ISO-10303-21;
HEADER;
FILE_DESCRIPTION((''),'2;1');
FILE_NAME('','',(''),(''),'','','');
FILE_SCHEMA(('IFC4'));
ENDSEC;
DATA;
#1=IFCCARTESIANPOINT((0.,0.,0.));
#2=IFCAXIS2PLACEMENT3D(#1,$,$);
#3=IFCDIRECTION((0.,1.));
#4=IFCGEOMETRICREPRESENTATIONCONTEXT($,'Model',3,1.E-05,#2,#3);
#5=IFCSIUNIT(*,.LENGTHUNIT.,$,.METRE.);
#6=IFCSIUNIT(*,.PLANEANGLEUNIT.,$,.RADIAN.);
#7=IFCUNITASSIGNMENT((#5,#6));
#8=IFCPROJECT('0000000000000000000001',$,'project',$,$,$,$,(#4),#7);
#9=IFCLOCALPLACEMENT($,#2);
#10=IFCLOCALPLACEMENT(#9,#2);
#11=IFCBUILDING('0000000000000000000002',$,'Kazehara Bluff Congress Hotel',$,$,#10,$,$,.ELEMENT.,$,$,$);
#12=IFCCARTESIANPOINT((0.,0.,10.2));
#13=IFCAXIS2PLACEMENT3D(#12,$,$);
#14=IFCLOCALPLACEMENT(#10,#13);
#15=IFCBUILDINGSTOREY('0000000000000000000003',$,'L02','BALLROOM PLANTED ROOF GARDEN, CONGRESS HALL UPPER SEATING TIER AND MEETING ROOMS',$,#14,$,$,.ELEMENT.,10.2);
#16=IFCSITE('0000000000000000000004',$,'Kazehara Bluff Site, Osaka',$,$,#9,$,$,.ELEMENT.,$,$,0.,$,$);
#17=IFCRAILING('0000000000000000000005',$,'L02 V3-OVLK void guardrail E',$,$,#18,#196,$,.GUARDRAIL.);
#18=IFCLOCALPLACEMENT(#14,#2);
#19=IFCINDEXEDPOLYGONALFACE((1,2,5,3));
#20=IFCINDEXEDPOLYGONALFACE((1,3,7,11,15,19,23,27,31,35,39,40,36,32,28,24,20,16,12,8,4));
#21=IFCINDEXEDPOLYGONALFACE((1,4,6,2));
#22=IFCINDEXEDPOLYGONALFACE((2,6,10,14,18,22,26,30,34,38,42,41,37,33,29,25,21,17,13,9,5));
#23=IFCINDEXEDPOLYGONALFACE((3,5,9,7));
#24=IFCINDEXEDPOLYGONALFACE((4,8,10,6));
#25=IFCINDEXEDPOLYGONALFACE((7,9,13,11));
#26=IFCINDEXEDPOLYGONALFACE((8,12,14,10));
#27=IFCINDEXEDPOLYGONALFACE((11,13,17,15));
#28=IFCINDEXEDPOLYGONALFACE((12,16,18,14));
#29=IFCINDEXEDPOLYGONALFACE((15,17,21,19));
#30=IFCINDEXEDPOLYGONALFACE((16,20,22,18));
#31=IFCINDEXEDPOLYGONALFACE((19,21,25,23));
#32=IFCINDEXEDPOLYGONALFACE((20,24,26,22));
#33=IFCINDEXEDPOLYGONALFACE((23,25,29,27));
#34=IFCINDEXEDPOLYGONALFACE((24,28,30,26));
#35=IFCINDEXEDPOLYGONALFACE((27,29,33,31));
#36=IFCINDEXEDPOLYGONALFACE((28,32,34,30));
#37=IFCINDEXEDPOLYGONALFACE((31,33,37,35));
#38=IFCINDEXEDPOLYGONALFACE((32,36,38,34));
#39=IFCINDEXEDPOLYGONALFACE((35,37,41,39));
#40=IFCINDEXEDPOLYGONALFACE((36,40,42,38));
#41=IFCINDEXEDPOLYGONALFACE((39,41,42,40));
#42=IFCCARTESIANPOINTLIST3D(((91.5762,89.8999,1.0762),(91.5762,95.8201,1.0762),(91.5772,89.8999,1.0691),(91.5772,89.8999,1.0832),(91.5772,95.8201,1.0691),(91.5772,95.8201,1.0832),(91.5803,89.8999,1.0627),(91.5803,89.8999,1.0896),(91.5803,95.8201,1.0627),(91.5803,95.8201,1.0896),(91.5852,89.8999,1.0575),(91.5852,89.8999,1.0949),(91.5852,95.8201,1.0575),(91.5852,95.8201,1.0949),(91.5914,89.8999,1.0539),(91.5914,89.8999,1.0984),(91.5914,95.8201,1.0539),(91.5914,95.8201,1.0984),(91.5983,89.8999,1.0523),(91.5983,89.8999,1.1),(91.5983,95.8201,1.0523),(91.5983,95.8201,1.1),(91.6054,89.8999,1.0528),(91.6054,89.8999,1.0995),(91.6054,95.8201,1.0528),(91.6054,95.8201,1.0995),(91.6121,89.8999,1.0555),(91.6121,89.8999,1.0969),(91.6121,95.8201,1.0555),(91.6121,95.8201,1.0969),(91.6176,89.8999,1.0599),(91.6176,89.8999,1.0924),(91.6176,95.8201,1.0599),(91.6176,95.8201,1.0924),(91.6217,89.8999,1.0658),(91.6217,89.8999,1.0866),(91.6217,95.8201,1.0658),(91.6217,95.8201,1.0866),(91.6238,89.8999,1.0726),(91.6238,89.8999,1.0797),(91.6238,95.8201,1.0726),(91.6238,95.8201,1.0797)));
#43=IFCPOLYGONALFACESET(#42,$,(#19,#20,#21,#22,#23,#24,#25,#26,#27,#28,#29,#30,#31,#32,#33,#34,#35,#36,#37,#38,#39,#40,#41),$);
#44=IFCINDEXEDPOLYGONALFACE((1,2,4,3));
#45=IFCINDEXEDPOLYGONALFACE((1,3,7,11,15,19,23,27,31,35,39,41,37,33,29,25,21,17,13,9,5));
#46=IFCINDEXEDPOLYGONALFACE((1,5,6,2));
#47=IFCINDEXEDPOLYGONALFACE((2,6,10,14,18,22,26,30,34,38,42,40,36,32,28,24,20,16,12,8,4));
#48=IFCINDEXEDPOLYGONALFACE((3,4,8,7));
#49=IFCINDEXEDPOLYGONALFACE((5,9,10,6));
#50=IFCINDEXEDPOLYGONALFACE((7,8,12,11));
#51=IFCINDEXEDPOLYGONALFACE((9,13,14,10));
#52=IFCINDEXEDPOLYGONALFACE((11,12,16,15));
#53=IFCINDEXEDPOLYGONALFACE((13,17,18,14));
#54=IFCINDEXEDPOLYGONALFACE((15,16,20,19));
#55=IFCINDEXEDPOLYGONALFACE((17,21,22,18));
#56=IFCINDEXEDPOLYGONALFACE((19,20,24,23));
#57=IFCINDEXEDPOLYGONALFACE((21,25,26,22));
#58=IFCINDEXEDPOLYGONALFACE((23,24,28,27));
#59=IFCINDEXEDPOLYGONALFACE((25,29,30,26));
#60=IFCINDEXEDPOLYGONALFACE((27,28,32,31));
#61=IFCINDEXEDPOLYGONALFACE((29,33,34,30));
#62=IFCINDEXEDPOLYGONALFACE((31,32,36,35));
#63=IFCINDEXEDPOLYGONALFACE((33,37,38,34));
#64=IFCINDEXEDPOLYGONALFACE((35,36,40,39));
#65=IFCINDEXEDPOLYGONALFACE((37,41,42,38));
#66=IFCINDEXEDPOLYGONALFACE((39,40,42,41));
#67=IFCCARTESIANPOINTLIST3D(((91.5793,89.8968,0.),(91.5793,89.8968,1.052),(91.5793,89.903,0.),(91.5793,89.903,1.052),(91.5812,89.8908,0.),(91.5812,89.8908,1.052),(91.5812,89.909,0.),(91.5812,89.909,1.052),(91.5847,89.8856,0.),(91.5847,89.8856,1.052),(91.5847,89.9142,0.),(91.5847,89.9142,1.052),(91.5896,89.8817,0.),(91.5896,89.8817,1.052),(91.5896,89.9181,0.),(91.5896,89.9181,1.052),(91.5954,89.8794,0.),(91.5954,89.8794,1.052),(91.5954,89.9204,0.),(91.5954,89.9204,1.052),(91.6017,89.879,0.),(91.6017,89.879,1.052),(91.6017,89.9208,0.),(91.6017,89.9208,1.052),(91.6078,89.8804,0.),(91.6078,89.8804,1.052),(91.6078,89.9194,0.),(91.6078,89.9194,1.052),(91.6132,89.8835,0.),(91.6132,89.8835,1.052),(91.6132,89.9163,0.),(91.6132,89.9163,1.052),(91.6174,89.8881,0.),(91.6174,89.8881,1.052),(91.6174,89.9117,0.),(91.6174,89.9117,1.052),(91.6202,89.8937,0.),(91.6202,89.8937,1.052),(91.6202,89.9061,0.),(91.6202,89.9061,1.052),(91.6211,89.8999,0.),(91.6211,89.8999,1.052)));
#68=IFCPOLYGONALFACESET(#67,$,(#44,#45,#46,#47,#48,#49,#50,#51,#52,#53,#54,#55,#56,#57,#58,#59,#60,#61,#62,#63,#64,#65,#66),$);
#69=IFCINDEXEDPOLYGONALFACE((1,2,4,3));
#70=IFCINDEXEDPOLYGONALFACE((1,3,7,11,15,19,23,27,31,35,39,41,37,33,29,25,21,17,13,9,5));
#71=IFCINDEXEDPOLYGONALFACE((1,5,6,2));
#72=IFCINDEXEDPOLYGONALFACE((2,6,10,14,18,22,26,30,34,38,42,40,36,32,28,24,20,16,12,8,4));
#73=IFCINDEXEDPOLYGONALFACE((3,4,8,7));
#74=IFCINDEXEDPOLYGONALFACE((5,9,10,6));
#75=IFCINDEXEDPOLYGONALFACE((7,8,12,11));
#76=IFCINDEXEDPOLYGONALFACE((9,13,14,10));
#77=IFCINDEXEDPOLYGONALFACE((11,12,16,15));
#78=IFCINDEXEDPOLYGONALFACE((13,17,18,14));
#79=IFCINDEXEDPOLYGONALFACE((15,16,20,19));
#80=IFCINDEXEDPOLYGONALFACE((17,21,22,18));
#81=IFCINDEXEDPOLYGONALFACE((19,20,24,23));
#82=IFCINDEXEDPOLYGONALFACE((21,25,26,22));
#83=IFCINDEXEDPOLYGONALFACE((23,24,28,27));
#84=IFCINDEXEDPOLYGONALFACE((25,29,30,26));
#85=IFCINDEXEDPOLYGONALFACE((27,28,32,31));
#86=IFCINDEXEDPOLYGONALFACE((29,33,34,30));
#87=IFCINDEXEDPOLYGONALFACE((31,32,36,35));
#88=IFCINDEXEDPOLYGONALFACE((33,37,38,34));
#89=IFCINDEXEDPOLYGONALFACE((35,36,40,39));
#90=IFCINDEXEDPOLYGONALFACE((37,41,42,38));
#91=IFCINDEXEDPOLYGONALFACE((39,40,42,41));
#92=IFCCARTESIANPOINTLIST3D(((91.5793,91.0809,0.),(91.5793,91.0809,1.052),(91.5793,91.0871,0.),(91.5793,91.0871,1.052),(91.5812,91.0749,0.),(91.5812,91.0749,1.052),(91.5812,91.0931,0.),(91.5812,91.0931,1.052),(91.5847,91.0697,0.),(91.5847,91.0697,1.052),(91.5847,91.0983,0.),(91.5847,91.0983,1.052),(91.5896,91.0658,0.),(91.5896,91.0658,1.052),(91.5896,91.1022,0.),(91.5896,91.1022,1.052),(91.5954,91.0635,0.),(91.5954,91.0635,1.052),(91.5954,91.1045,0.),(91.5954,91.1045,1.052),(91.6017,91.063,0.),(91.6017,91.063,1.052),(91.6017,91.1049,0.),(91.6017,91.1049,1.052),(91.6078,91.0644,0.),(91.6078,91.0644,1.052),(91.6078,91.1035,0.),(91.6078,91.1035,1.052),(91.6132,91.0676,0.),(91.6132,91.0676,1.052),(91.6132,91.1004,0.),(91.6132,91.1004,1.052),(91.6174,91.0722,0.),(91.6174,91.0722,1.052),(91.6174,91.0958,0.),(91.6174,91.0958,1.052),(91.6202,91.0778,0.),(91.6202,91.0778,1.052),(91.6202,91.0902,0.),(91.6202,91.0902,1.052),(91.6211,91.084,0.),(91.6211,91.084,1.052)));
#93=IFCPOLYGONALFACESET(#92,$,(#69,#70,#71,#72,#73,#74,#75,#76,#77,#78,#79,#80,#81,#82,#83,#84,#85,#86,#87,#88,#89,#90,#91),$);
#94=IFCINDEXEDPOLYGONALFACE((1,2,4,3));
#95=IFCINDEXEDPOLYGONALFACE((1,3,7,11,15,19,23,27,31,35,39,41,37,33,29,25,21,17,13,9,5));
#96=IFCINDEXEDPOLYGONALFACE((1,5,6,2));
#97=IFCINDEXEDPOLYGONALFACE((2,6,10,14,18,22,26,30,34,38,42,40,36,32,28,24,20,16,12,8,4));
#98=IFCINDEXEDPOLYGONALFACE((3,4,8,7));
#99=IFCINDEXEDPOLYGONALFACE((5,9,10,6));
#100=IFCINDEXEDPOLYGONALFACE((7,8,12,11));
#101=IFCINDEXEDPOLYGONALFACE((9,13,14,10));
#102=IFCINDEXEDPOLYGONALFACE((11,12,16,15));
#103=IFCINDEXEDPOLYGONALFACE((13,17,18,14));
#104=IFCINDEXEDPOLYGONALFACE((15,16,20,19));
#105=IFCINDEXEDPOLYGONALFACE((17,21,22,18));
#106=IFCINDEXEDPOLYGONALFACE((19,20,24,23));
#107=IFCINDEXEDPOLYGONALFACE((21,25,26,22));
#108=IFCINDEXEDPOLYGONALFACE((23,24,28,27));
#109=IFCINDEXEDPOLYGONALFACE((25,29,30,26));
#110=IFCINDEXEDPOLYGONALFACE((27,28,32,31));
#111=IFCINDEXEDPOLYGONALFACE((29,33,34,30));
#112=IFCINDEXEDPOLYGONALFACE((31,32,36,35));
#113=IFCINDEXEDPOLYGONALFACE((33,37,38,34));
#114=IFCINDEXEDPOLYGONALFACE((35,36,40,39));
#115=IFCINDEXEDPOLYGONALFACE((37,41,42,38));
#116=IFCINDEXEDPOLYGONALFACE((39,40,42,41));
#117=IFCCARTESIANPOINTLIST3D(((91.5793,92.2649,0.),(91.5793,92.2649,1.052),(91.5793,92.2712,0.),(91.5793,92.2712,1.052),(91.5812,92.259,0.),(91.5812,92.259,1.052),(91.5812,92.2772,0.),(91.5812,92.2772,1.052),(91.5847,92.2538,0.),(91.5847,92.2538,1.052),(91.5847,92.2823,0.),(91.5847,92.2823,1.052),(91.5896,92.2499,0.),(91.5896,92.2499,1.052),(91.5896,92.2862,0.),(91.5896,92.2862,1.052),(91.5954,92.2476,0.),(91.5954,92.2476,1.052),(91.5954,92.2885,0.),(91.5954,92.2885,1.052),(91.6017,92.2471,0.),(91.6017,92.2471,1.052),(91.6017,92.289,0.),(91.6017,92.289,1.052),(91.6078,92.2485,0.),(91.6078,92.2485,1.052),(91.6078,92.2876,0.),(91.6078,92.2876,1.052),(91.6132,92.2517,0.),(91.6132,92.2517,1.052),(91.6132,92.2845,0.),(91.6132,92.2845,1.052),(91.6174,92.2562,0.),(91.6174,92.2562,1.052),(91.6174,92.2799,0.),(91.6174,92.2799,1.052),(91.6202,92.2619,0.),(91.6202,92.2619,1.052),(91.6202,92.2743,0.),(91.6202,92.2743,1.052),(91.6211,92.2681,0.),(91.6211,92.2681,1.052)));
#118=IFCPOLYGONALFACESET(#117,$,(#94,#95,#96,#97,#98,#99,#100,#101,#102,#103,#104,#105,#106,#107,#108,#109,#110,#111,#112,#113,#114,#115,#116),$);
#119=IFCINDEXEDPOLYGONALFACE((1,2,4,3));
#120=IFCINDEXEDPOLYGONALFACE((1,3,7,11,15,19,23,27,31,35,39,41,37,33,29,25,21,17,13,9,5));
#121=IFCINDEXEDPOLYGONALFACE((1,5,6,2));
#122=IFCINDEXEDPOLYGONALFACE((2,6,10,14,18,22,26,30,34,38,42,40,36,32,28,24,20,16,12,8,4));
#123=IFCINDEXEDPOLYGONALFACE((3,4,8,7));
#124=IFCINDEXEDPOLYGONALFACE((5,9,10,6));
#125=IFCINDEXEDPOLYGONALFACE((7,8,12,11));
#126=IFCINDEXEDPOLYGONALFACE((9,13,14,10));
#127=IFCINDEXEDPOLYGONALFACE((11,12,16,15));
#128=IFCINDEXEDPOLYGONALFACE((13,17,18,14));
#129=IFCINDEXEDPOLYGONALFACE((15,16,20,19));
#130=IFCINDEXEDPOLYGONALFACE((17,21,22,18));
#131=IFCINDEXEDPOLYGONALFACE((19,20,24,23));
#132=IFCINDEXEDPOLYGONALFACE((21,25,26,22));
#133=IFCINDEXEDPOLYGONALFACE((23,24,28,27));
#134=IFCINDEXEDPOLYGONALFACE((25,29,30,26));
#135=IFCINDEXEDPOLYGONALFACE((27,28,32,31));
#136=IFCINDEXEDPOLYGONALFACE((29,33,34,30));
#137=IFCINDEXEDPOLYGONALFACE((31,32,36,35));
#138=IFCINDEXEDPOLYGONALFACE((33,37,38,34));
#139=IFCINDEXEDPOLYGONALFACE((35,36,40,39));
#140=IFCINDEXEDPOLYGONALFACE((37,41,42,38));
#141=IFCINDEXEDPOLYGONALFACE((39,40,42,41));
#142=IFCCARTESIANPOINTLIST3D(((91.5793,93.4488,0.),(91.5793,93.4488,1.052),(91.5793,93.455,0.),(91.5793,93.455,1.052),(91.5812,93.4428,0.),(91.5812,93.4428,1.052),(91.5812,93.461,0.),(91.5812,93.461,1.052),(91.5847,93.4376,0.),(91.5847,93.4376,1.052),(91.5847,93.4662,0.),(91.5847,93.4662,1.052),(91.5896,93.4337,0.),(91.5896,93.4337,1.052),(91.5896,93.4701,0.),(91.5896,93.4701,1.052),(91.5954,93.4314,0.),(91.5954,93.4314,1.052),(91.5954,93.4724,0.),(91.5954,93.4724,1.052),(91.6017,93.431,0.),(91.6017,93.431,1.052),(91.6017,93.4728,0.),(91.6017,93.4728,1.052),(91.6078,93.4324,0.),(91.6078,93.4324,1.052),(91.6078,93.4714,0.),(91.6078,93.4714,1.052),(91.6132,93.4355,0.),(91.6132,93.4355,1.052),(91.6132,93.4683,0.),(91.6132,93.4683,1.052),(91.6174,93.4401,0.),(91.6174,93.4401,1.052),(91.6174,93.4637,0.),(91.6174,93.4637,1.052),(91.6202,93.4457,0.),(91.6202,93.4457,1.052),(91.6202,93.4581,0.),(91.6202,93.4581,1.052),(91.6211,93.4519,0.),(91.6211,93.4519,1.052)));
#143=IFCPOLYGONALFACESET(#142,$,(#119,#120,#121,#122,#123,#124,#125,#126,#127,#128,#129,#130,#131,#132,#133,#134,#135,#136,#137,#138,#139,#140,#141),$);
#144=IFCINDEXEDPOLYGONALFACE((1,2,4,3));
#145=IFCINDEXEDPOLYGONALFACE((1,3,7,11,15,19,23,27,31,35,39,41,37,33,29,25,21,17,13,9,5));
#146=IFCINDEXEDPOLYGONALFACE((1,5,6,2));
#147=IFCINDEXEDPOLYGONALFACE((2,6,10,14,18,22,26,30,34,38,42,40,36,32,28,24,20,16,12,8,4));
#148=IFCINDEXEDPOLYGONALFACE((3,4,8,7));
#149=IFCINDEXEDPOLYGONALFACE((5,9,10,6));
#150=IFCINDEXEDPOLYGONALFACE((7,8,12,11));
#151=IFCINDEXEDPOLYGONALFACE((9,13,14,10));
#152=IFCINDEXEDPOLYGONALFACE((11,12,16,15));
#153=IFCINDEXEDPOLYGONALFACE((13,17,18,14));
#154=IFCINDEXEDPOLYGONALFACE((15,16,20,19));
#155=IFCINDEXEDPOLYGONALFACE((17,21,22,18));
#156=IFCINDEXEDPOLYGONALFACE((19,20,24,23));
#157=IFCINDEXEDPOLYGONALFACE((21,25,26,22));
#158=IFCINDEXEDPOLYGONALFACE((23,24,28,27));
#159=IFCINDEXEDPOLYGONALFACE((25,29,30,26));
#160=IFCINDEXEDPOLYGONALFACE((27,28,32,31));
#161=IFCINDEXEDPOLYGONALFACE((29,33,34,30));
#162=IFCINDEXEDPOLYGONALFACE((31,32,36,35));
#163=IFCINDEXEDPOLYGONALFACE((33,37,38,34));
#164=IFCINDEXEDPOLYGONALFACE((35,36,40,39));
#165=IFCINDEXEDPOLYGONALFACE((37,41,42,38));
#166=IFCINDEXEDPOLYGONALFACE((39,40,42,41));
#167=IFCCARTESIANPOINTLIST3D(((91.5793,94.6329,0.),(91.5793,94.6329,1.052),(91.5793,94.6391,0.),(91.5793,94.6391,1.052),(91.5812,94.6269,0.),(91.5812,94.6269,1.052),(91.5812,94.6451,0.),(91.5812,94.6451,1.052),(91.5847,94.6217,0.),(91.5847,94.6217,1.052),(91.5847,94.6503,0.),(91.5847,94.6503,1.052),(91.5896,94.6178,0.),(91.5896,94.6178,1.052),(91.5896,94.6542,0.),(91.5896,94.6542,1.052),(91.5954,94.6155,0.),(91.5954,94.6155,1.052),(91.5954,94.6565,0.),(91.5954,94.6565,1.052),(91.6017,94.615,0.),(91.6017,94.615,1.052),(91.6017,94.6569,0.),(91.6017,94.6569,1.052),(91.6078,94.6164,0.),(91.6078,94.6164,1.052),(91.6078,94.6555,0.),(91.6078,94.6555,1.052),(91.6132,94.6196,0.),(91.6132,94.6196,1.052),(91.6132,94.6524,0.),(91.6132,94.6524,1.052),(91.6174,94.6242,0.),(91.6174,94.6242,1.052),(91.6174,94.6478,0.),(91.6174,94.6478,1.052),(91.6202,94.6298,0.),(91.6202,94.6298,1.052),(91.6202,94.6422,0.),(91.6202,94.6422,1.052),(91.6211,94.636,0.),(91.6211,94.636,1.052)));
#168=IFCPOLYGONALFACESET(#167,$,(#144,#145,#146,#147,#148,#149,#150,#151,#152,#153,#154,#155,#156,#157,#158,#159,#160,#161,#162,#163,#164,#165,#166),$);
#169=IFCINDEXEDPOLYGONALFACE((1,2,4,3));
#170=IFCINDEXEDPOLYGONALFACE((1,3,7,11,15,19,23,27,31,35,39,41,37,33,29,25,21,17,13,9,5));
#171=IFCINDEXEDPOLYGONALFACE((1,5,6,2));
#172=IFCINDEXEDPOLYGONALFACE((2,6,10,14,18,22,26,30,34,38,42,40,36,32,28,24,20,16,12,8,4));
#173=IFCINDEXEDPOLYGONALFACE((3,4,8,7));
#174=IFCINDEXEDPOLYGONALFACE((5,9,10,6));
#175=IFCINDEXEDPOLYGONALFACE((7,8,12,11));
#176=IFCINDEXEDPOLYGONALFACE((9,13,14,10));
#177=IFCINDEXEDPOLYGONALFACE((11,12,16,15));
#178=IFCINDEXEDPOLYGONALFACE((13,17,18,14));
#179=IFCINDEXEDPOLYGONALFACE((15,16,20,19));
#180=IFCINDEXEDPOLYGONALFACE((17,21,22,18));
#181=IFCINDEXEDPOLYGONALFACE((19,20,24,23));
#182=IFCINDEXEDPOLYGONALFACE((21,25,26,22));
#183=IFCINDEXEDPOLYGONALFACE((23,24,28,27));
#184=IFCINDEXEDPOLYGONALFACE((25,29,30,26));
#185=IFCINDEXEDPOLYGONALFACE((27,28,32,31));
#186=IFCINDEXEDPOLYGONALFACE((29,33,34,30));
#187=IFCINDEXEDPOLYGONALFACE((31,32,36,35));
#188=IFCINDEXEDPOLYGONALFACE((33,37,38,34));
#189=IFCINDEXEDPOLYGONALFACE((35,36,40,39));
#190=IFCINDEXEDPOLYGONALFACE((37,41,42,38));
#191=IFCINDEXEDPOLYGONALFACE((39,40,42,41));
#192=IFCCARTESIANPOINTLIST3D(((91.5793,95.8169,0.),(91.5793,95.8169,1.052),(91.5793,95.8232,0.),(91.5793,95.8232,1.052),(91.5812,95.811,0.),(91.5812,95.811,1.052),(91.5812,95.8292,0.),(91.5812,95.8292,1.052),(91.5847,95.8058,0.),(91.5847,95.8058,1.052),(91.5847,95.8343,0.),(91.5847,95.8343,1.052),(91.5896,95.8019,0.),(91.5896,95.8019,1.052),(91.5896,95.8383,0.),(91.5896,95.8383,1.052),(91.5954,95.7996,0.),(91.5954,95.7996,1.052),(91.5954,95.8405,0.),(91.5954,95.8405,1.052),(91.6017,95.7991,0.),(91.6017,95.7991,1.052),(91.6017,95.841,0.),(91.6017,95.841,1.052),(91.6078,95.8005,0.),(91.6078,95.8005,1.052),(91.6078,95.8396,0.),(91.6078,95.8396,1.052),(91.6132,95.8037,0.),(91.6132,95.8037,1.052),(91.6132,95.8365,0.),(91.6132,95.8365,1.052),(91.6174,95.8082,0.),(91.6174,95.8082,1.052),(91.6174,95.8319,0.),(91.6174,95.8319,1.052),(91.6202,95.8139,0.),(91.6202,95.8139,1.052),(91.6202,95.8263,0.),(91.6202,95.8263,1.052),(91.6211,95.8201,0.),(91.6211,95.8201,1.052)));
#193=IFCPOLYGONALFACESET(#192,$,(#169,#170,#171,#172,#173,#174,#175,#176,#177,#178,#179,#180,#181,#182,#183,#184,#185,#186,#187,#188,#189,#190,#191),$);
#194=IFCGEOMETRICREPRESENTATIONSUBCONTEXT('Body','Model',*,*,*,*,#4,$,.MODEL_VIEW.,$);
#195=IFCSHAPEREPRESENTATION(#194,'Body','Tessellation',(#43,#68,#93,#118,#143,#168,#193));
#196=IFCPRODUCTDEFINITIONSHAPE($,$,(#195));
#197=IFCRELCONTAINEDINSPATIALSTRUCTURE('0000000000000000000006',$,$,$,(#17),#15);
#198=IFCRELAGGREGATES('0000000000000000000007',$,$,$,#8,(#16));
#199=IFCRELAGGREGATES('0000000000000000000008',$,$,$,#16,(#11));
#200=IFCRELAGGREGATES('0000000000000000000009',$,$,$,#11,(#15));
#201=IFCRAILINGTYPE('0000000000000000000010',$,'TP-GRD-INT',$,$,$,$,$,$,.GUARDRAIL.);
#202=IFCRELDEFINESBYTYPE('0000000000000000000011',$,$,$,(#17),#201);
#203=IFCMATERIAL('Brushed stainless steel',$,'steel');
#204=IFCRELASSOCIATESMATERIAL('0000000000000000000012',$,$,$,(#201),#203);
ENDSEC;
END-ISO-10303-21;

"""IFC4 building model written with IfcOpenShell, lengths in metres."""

from ifc_helpers import new_model, si_unit, direction, frame, origin, origin_2d, place, context, subcontext, project, spatial, circle, extrude, material, type_object, element, save


model = new_model("IFC4")

# Units and contexts
model_context = context("Model", 3, precision=1e-05, world=origin(), true_north=direction((0.0, 1.0)))
body_context = subcontext(model_context, "Body", "Model", "MODEL_VIEW")
ifc_project = project(units=[si_unit("LENGTHUNIT", "METRE"), si_unit("PLANEANGLEUNIT", "RADIAN")], contexts=[model_context])

# Site, building, storey
site_placement = place(None, origin())
site = spatial("IfcSite", under=ifc_project, at=site_placement, Name="Kazehara Bluff Site, Osaka", CompositionType="ELEMENT", RefElevation=0.0)
building_placement = place(site_placement, origin())
building = spatial("IfcBuilding", under=site, at=building_placement, Name="Kazehara Bluff Congress Hotel", CompositionType="ELEMENT")
storey_placement = place(building_placement, frame((0.0, 0.0, 10.2)))
storey = spatial("IfcBuildingStorey", under=building, at=storey_placement, Name="L02", Description="BALLROOM PLANTED ROOF GARDEN, CONGRESS HALL UPPER SEATING TIER AND MEETING ROOMS", CompositionType="ELEMENT", Elevation=10.2)

# Railing
ifc_material_1 = material(Name="Brushed stainless steel", Category="steel")
railing_type = type_object("IfcRailingType", Name="TP-GRD-INT", PredefinedType="GUARDRAIL", material=ifc_material_1)
railing_placement = place(storey_placement, frame((91.6001, 89.8999, 0.0)))
element("IfcRailing", 1, at=railing_placement, inside=storey, type_object=railing_type, Name="L02 V3-OVLK void guardrail E", PredefinedType="GUARDRAIL", context=body_context, shape_type="SweptSolid", body=[
    extrude(circle(Radius=0.0239, at=origin_2d()), frame((0.0, 0.0, 1.0762), z_axis=(0.0, 1.0, 0.0), x_axis=(-1.0, 0.0, 0.0)), (0.0, 0.0, 1.0), 5.9202),
    extrude(circle(Radius=0.021, at=origin_2d()), origin(), (0.0, 0.0, 1.0), 1.052),
    extrude(circle(Radius=0.021, at=origin_2d()), frame((0.0, 1.1841, 0.0)), (0.0, 0.0, 1.0), 1.052),
    extrude(circle(Radius=0.021, at=origin_2d()), frame((0.0, 2.3682, 0.0)), (0.0, 0.0, 1.0), 1.052),
    extrude(circle(Radius=0.021, at=origin_2d()), frame((0.0, 3.552, 0.0)), (0.0, 0.0, 1.0), 1.052),
    extrude(circle(Radius=0.021, at=origin_2d()), frame((0.0, 4.7361, 0.0)), (0.0, 0.0, 1.0), 1.052),
    extrude(circle(Radius=0.021, at=origin_2d()), frame((0.0, 5.9202, 0.0)), (0.0, 0.0, 1.0), 1.052),
])

save(model, "model.ifc")
